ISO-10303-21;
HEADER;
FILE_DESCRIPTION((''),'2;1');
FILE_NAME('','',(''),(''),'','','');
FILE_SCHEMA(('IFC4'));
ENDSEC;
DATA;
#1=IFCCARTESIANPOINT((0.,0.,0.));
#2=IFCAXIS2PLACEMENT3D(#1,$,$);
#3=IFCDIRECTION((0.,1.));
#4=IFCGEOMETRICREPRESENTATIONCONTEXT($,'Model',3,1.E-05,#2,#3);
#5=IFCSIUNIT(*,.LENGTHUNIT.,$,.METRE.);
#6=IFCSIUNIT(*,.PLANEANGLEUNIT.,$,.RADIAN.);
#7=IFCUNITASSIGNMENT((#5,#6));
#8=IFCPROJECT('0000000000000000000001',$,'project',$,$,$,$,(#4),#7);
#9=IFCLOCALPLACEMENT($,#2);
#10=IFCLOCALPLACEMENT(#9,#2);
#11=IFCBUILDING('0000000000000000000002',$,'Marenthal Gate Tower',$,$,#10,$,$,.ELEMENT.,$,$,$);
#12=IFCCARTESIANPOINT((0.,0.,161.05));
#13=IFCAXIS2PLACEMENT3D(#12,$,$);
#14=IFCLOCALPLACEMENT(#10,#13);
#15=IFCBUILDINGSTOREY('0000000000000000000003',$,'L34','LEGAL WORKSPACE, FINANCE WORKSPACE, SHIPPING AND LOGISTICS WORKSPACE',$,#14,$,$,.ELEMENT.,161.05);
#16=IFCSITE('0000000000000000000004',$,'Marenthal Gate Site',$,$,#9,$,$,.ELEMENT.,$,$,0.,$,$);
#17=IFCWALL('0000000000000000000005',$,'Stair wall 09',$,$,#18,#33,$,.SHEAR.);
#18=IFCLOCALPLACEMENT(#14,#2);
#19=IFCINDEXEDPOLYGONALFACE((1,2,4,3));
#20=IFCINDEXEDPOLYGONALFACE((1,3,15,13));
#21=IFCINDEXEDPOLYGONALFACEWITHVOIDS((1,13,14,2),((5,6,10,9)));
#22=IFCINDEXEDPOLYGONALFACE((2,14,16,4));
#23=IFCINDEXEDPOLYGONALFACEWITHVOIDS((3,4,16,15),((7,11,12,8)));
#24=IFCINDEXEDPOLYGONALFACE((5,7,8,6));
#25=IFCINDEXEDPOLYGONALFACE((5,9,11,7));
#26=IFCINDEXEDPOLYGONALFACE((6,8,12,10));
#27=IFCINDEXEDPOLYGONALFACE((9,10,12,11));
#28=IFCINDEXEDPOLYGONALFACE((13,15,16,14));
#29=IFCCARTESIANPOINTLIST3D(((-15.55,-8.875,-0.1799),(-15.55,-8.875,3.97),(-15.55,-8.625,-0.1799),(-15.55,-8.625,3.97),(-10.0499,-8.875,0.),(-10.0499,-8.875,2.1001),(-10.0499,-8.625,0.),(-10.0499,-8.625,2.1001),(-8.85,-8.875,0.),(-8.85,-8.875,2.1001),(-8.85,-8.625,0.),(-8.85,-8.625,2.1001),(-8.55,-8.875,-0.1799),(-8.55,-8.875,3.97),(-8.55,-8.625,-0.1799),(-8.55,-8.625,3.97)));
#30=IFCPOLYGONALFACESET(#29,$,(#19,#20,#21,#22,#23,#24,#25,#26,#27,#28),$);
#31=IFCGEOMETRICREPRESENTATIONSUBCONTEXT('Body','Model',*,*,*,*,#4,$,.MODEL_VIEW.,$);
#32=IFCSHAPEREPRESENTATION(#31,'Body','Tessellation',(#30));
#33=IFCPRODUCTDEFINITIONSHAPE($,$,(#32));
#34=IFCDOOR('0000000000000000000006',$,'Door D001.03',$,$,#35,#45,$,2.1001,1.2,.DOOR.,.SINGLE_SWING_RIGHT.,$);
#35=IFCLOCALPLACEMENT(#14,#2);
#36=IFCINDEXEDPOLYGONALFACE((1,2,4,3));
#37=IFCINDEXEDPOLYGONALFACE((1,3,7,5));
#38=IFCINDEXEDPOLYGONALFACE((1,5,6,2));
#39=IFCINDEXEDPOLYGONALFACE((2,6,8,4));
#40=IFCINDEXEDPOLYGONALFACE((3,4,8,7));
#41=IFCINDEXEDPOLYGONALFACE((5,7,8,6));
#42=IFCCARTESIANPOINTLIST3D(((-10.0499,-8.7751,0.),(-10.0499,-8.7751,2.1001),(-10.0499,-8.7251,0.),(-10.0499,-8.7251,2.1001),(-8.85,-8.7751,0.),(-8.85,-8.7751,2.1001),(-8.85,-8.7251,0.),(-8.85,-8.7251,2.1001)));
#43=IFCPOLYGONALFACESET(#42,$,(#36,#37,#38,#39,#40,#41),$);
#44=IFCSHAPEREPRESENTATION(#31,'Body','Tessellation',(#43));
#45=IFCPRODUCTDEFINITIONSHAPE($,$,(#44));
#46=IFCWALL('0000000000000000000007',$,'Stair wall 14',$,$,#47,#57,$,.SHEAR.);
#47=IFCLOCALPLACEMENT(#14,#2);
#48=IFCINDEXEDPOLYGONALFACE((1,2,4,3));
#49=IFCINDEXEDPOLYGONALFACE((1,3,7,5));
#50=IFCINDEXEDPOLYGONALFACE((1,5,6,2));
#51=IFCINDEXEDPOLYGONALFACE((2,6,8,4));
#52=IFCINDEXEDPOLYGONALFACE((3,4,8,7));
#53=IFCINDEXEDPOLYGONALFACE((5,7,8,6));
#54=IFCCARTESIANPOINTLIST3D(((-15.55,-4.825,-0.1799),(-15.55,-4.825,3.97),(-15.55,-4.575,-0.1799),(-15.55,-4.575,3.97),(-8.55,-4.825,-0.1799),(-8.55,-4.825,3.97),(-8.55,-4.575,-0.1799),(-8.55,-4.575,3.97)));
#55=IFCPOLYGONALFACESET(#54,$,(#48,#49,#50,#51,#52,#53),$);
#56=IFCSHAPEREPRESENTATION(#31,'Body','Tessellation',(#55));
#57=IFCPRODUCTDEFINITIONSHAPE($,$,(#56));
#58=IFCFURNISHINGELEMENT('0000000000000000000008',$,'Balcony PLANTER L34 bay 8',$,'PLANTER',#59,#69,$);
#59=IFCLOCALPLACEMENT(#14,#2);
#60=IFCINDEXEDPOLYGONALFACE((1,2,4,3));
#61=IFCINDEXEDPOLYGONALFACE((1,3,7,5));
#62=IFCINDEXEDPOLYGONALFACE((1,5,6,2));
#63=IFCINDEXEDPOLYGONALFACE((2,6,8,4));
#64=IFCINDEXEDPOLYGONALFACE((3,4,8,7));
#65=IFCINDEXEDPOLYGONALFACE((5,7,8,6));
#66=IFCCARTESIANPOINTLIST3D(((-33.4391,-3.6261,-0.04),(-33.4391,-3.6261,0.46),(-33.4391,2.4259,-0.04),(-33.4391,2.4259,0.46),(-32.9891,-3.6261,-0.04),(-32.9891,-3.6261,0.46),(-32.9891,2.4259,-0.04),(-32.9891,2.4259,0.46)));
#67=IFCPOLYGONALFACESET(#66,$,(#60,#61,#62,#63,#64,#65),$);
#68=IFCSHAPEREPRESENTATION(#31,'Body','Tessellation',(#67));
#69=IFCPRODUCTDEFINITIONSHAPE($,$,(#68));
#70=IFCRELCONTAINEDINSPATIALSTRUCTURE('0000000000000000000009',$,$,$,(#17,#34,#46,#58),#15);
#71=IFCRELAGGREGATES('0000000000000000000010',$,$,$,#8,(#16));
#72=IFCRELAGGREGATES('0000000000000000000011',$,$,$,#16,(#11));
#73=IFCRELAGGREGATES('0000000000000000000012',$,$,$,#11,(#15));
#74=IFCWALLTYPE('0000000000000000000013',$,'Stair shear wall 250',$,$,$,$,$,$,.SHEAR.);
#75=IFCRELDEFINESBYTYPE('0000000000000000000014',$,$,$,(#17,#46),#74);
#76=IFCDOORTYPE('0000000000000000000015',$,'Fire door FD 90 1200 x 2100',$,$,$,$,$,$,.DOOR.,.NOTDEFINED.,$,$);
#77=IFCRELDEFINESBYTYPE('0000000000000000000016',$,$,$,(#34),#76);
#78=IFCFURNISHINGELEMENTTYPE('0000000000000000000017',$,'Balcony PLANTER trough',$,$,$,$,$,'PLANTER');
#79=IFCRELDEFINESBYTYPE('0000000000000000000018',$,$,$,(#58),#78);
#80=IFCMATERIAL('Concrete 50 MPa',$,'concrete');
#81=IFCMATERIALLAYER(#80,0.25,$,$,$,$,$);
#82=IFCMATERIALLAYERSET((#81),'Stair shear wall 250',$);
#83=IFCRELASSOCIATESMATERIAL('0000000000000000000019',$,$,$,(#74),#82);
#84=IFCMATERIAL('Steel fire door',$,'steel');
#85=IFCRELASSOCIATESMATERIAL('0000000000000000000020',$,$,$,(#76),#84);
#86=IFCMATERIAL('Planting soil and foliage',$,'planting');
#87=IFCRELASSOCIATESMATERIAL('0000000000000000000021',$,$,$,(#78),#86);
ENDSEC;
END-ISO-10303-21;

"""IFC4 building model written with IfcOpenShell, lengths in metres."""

from ifc_helpers import new_model, si_unit, direction, frame, frame_2d, origin, origin_2d, place, context, subcontext, project, spatial, rectangle, extrude, material, layer, layer_set, type_object, element, fill, save


model = new_model("IFC4")

# Units and contexts
model_context = context("Model", 3, precision=1e-05, world=origin(), true_north=direction((0.0, 1.0)))
body_context = subcontext(model_context, "Body", "Model", "MODEL_VIEW")
ifc_project = project(units=[si_unit("LENGTHUNIT", "METRE"), si_unit("PLANEANGLEUNIT", "RADIAN")], contexts=[model_context])

# Site, building, storey
site_placement = place(None, origin())
site = spatial("IfcSite", under=ifc_project, at=site_placement, Name="Marenthal Gate Site", CompositionType="ELEMENT", RefElevation=0.0)
building_placement = place(site_placement, origin())
building = spatial("IfcBuilding", under=site, at=building_placement, Name="Marenthal Gate Tower", CompositionType="ELEMENT")
storey_placement = place(building_placement, frame((0.0, 0.0, 161.05)))
storey = spatial("IfcBuildingStorey", under=building, at=storey_placement, Name="L34", Description="LEGAL WORKSPACE, FINANCE WORKSPACE, SHIPPING AND LOGISTICS WORKSPACE", CompositionType="ELEMENT", Elevation=161.05)

# Wall, opening, door
ifc_material_1 = material(Name="Concrete 50 MPa", Category="concrete")
ifc_layer_1 = layer(ifc_material_1, 0.25)
ifc_layer_set_1 = layer_set([ifc_layer_1], Name="Stair shear wall 250")
wall_type_1 = type_object("IfcWallType", Name="Stair shear wall 250", PredefinedType="SHEAR", material=ifc_layer_set_1)
wall_1_placement = place(storey_placement, frame((-15.55, -8.75, -0.1799), z_axis=(0.0, 0.0, 1.0), x_axis=(1.0, 0.0, 0.0)))
wall_1 = element("IfcWall", 1, at=wall_1_placement, inside=storey, type_object=wall_type_1, Name="Stair wall 09", PredefinedType="SHEAR", context=body_context, shape_type="SweptSolid", body=[
    extrude(rectangle(XDim=7.0, YDim=0.25, at=frame_2d((3.5, 0.0))), origin(), (0.0, 0.0, 1.0), 4.1499),
])
opening_placement = place(wall_1_placement, frame((5.5, 0.0, 0.1799)))
opening = element("IfcOpeningElement", 2, at=opening_placement, cuts=wall_1, PredefinedType="OPENING", context=body_context, shape_type="SweptSolid", body=[
    extrude(rectangle(XDim=1.2, YDim=2.1001, at=frame_2d((0.6001, 1.05))), frame((0.0, 0.135, 0.0), z_axis=(0.0, -1.0, 0.0), x_axis=(1.0, 0.0, 0.0)), (0.0, 0.0, 1.0), 0.27),
])
ifc_material_2 = material(Name="Steel fire door", Category="steel")
door_type = type_object("IfcDoorType", Name="Fire door FD 90 1200 x 2100", OperationType="NOTDEFINED", PredefinedType="DOOR", material=ifc_material_2)
door_placement = place(opening_placement, origin())
door = element("IfcDoor", 3, at=door_placement, inside=storey, type_object=door_type, Name="Door D001.03", OperationType="SINGLE_SWING_RIGHT", OverallHeight=2.1001, OverallWidth=1.2, PredefinedType="DOOR", context=body_context, shape_type="SweptSolid", body=[
    extrude(rectangle(XDim=1.2, YDim=2.1001, at=frame_2d((0.6001, 1.05))), frame((0.0, 0.0249, 0.0), z_axis=(0.0, -1.0, 0.0), x_axis=(1.0, 0.0, 0.0)), (0.0, 0.0, 1.0), 0.05),
])
fill(opening, door)

# Wall
wall_2_placement = place(storey_placement, frame((-15.55, -4.7, -0.1799), z_axis=(0.0, 0.0, 1.0), x_axis=(1.0, 0.0, 0.0)))
element("IfcWall", 4, at=wall_2_placement, inside=storey, type_object=wall_type_1, Name="Stair wall 14", PredefinedType="SHEAR", context=body_context, shape_type="SweptSolid", body=[
    extrude(rectangle(XDim=7.0, YDim=0.25, at=frame_2d((3.5, 0.0))), origin(), (0.0, 0.0, 1.0), 4.1499),
])

# Furnishing element
ifc_material_3 = material(Name="Planting soil and foliage", Category="planting")
furnishing_element_type = type_object("IfcFurnishingElementType", Name="Balcony PLANTER trough", ElementType="PLANTER", material=ifc_material_3)
furnishing_placement = place(storey_placement, frame((-33.2141, -0.6001, -0.04), z_axis=(0.0, 0.0, 1.0), x_axis=(0.0, -1.0, 0.0)))
element("IfcFurnishingElement", 5, at=furnishing_placement, inside=storey, type_object=furnishing_element_type, Name="Balcony PLANTER L34 bay 8", ObjectType="PLANTER", context=body_context, shape_type="SweptSolid", body=[
    extrude(rectangle(XDim=6.052, YDim=0.45, at=origin_2d()), origin(), (0.0, 0.0, 1.0), 0.5),
])

save(model, "model.ifc")
